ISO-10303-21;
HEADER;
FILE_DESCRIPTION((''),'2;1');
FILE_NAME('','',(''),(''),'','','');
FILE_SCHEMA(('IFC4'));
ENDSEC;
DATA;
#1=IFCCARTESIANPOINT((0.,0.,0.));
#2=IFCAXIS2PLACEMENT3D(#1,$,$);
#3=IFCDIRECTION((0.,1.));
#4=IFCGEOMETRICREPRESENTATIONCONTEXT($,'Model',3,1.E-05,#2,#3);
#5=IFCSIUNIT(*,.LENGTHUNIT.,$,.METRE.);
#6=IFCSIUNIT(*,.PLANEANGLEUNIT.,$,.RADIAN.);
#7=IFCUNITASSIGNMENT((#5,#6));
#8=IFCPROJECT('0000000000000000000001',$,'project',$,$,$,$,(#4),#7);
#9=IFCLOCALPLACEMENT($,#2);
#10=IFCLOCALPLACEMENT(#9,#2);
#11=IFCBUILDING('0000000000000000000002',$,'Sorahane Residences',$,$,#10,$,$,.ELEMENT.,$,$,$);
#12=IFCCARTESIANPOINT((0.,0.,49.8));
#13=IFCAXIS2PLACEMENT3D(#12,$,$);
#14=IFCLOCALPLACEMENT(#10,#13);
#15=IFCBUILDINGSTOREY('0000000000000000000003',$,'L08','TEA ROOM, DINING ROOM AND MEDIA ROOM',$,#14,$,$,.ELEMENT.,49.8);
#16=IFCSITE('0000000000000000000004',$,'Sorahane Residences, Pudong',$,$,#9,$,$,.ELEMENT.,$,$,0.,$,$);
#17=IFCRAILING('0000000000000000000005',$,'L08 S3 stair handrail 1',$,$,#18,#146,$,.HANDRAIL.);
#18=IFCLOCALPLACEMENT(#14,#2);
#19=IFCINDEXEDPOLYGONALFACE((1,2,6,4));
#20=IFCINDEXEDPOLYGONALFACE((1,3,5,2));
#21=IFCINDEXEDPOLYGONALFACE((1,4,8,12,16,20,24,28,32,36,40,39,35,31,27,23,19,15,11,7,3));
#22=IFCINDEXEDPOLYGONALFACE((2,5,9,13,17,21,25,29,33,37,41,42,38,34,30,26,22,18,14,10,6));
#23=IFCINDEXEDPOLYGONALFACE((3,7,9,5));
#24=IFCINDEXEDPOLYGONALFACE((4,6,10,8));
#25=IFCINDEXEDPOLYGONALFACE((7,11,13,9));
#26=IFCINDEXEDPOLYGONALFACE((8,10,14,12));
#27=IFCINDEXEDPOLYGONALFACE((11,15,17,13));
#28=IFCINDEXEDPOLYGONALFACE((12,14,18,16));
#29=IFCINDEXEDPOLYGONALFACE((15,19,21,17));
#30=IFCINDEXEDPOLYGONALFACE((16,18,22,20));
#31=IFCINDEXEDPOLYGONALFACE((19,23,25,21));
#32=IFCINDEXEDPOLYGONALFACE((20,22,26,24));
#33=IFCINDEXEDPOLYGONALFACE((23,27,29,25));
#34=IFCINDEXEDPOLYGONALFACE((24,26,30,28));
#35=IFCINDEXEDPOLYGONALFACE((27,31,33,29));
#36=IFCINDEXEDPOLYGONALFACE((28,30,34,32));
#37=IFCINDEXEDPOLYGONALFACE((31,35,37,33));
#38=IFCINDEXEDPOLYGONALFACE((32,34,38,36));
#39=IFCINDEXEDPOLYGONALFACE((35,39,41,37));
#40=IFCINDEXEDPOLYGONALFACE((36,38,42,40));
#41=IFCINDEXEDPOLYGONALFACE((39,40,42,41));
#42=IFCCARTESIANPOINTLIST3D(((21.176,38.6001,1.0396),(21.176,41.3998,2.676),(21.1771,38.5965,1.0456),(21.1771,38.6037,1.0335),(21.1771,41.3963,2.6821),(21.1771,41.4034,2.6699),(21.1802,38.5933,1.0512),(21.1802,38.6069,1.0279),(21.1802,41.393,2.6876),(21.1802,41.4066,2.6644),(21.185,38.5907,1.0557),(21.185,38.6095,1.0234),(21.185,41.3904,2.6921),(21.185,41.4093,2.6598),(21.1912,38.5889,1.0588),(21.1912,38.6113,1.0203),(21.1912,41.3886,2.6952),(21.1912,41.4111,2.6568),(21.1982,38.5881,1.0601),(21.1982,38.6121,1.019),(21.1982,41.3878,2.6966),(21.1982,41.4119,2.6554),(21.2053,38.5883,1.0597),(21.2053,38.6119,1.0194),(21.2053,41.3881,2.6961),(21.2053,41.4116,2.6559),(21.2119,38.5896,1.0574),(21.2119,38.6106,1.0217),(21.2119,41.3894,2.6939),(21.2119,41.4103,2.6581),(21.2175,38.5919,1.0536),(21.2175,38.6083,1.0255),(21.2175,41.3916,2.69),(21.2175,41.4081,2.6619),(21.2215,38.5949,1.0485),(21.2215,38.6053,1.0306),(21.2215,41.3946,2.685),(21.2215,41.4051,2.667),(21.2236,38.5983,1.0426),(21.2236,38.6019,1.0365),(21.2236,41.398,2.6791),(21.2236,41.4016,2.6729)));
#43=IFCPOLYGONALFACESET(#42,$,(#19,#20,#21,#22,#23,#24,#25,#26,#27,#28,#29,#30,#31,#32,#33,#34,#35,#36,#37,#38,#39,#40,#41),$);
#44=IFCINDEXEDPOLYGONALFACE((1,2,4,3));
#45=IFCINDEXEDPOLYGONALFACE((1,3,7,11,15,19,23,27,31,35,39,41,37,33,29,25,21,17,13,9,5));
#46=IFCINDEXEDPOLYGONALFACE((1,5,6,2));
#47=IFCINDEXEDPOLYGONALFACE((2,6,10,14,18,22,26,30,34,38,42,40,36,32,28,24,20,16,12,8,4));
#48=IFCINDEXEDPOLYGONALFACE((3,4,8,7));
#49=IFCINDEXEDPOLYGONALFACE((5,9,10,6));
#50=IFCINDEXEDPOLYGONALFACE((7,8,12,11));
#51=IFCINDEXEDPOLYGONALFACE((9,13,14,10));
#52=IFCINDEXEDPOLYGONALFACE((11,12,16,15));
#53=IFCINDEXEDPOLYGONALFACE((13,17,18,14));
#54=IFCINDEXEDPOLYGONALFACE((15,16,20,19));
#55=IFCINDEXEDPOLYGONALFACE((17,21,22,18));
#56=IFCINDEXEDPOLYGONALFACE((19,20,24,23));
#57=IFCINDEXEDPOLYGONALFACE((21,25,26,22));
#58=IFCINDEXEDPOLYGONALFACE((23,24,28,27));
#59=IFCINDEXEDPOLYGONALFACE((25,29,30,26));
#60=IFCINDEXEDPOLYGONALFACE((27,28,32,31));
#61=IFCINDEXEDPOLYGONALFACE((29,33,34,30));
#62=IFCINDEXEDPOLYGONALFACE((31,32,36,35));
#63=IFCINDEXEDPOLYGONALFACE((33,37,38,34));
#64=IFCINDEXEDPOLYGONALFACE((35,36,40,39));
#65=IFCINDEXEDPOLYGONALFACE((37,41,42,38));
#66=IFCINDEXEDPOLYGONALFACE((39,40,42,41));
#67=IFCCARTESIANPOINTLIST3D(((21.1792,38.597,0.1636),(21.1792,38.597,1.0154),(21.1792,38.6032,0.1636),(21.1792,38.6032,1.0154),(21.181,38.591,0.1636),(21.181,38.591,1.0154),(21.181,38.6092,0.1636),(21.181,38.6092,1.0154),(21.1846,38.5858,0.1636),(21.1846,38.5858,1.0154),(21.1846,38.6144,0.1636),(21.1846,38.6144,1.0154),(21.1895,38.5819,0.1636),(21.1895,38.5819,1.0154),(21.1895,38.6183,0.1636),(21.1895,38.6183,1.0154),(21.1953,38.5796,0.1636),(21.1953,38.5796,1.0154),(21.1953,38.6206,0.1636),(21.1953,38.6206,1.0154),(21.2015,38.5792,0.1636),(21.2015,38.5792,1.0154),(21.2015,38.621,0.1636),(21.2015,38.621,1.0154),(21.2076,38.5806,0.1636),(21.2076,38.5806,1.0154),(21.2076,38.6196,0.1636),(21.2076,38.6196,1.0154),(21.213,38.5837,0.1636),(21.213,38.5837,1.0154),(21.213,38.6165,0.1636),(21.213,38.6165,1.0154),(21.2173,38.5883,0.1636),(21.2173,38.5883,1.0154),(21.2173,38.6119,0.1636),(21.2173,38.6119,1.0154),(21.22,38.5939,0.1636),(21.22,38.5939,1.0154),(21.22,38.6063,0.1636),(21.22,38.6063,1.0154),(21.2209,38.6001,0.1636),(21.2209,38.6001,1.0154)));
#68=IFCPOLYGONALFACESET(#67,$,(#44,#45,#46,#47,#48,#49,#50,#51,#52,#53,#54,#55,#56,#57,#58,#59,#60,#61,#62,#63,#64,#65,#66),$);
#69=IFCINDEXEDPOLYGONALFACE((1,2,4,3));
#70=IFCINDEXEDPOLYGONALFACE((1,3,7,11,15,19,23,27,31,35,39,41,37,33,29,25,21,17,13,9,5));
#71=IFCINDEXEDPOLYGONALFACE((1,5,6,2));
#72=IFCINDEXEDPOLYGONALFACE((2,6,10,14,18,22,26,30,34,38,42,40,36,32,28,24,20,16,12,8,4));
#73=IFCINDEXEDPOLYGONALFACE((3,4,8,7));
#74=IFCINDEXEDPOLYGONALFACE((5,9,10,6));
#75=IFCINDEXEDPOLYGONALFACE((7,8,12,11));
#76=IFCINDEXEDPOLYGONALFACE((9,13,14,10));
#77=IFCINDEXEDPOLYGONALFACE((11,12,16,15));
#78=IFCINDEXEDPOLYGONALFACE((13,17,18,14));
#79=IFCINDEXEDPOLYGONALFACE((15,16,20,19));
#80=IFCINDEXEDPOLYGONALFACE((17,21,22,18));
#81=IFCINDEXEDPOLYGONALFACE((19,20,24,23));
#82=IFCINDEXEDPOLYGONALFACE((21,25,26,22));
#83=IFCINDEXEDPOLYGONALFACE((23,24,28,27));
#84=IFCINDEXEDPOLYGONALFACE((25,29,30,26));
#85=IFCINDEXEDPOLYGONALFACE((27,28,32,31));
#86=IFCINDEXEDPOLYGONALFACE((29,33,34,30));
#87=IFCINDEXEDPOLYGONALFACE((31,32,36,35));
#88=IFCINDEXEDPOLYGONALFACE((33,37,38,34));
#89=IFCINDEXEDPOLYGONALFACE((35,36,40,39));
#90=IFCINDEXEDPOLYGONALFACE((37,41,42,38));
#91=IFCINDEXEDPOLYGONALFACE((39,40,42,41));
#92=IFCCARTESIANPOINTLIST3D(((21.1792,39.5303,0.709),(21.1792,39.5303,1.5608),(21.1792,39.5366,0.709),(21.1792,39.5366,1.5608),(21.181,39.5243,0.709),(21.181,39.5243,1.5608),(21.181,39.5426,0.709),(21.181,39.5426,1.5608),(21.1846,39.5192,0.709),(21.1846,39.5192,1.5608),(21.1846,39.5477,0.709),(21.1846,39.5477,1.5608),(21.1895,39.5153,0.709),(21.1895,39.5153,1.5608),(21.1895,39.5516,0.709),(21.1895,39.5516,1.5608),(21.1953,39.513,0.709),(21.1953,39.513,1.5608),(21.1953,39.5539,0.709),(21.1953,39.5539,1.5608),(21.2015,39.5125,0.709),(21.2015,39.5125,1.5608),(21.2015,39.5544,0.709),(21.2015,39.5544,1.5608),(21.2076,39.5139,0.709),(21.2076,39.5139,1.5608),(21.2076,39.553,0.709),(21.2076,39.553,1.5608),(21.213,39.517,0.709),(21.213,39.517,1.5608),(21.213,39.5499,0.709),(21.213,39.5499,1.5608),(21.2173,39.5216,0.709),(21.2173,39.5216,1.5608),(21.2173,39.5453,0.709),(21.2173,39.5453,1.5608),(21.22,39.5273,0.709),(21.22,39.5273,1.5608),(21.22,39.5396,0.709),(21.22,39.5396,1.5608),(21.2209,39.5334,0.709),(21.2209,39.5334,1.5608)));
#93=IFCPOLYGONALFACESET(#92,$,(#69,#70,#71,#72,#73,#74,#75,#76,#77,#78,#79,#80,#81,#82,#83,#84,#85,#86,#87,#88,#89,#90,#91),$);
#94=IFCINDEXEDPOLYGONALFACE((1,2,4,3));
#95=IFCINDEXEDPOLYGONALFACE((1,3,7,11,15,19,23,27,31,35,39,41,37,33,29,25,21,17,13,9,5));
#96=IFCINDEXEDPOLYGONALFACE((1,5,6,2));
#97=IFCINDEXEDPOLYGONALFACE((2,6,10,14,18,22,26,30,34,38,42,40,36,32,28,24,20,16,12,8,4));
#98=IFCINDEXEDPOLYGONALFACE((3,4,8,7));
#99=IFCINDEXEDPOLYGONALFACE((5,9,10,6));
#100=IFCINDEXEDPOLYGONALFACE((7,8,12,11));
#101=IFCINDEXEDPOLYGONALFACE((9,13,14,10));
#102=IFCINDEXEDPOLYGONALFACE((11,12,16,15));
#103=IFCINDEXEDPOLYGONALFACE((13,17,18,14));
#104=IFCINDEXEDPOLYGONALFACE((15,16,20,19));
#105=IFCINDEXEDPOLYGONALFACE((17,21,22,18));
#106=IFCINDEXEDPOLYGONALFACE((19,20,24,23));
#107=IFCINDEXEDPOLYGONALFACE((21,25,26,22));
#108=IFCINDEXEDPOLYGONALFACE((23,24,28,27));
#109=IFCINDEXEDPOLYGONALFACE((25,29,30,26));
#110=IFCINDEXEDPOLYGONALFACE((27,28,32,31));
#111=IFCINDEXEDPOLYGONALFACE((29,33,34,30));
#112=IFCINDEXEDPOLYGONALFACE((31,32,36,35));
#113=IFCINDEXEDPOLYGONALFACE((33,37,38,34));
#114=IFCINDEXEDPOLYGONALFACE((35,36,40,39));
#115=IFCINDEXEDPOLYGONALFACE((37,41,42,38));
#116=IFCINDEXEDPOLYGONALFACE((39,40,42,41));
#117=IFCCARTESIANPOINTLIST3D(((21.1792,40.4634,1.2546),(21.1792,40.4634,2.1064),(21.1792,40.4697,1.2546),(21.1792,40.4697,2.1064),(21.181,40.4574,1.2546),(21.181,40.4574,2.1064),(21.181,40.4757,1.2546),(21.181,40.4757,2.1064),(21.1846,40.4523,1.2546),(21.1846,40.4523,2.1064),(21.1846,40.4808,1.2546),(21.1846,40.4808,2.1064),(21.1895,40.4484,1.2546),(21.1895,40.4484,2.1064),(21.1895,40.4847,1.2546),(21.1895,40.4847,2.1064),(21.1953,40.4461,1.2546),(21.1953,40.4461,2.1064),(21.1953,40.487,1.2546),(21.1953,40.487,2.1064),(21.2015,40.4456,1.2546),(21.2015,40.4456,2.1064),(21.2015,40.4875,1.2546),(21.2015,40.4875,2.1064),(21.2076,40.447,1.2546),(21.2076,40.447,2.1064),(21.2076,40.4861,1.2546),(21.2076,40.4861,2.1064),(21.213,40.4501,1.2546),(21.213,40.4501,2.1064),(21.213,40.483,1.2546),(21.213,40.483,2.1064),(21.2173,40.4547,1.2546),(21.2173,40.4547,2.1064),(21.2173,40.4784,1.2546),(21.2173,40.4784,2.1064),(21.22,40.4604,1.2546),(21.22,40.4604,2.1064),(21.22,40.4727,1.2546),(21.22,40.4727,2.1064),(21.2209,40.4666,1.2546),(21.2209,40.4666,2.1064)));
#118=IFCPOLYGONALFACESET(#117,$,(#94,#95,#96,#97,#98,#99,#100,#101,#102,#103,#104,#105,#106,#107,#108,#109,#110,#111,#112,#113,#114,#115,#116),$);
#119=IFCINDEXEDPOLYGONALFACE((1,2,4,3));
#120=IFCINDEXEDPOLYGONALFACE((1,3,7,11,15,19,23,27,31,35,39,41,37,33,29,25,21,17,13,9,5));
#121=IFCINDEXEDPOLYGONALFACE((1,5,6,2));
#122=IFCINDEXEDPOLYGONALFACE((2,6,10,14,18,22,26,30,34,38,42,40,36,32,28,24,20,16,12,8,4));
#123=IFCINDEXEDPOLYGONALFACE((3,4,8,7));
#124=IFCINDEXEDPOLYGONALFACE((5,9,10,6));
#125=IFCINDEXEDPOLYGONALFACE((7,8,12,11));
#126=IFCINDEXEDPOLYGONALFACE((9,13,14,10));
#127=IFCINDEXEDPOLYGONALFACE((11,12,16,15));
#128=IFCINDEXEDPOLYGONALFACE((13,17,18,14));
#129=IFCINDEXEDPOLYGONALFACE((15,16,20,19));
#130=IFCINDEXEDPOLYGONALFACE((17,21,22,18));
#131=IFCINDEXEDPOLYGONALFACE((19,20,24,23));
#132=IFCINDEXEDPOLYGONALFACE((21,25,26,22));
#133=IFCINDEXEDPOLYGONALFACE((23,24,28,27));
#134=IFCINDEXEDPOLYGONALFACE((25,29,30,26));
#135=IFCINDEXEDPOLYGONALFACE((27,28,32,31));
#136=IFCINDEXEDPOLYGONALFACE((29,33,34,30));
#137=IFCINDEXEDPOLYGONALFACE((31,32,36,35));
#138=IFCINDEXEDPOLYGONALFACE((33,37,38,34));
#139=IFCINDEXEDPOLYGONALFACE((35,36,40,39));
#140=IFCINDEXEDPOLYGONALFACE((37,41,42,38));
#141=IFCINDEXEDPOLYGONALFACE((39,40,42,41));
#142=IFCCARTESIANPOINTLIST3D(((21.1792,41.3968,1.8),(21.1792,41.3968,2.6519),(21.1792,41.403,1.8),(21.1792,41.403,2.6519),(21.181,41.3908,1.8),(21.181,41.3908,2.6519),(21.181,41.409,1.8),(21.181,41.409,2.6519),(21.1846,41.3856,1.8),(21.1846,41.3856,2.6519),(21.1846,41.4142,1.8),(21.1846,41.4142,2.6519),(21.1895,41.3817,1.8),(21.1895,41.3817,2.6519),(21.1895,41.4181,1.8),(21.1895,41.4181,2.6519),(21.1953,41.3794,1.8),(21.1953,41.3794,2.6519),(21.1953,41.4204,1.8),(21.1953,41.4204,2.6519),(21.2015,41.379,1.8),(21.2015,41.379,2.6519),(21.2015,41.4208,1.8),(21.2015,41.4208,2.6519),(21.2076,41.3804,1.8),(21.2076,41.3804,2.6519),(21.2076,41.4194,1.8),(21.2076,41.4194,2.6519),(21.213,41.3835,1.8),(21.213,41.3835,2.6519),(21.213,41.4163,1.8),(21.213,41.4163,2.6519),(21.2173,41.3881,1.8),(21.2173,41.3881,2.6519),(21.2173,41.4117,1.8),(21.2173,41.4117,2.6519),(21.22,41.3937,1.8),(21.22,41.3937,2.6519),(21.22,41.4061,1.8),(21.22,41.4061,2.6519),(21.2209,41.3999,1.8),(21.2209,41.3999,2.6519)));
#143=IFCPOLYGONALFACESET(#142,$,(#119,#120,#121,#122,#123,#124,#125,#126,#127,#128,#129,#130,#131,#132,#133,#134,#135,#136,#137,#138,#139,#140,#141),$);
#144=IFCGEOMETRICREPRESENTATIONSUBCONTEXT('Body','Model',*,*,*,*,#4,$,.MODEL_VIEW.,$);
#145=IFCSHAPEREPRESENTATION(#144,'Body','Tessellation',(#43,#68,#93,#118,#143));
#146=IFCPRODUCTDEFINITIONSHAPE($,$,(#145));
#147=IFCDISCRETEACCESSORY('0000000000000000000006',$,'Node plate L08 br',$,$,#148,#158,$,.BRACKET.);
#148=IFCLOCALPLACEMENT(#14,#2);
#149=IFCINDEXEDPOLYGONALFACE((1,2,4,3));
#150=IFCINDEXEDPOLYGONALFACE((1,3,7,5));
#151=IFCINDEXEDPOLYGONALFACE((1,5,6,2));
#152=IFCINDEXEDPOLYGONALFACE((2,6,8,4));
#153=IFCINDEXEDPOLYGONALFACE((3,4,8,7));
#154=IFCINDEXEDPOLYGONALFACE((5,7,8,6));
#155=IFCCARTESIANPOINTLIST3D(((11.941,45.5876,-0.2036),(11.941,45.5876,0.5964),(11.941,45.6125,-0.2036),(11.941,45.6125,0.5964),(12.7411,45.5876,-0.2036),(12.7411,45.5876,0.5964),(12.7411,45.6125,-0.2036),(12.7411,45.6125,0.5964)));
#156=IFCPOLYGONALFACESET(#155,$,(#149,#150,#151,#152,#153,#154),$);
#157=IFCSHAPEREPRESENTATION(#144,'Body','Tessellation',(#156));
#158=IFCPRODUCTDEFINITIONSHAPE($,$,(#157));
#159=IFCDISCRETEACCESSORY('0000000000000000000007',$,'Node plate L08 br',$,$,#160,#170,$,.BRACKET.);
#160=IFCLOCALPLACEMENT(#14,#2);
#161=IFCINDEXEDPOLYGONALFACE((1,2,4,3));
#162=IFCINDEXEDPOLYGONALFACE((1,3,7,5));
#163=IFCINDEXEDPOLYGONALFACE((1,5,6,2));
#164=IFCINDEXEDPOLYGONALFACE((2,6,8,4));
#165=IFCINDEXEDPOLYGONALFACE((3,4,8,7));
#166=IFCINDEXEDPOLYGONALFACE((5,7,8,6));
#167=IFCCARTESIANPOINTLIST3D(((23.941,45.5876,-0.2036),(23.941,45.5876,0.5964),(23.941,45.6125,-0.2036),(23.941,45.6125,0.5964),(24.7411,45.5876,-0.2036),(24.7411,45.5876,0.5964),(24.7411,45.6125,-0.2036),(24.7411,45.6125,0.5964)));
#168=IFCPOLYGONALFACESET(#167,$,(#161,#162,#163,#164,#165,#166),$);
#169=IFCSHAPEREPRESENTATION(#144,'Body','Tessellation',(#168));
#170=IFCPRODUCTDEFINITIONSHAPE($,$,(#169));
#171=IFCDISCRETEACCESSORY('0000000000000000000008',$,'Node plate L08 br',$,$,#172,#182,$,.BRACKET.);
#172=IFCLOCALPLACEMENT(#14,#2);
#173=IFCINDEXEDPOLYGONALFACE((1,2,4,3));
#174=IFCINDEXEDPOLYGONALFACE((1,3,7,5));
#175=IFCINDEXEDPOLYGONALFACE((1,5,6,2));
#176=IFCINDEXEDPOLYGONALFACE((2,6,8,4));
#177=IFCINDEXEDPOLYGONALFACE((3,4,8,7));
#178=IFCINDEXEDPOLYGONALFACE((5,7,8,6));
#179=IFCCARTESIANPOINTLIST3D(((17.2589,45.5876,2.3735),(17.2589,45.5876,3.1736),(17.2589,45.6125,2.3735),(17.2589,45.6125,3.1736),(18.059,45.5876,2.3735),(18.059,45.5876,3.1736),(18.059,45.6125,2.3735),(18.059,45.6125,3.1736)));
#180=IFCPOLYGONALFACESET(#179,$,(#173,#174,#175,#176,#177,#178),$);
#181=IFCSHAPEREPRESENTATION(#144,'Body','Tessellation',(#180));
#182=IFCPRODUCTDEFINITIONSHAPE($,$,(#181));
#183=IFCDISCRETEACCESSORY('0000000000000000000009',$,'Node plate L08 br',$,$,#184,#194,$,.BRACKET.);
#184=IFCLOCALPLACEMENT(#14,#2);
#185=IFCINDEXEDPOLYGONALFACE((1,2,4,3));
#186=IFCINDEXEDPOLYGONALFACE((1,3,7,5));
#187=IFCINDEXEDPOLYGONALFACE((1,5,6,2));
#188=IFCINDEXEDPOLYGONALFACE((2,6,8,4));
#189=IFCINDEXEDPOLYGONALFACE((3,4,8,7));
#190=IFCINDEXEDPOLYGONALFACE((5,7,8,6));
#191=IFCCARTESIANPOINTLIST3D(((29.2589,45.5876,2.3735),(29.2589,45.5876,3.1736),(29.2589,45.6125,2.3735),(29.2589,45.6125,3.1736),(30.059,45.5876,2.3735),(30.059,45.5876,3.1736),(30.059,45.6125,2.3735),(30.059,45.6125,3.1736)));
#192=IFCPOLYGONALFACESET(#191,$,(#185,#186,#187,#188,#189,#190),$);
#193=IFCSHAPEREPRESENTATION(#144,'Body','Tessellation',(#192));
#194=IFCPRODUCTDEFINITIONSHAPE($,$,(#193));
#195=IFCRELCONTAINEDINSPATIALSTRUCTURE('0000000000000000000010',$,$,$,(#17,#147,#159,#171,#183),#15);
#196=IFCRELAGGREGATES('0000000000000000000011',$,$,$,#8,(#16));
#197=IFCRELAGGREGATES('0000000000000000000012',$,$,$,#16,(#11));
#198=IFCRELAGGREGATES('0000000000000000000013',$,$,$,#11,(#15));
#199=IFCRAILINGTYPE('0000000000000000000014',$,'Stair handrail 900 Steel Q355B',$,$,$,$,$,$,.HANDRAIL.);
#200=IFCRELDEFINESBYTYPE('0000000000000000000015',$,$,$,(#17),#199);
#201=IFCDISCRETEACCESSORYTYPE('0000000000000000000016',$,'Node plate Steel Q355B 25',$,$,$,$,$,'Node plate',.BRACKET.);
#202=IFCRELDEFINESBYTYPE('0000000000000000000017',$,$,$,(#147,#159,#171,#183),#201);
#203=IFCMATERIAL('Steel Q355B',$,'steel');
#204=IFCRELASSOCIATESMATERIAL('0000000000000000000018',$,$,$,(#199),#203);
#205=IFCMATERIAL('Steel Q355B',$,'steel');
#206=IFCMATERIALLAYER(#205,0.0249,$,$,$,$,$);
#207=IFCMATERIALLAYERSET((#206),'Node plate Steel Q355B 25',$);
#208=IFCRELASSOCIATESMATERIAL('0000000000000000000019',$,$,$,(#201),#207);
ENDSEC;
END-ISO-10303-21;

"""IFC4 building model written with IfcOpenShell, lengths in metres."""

from ifc_helpers import new_model, si_unit, direction, frame, origin, origin_2d, place, context, subcontext, project, spatial, rectangle, circle, extrude, material, layer, layer_set, type_object, element, save


model = new_model("IFC4")

# Units and contexts
model_context = context("Model", 3, precision=1e-05, world=origin(), true_north=direction((0.0, 1.0)))
body_context = subcontext(model_context, "Body", "Model", "MODEL_VIEW")
ifc_project = project(units=[si_unit("LENGTHUNIT", "METRE"), si_unit("PLANEANGLEUNIT", "RADIAN")], contexts=[model_context])

# Site, building, storey
site_placement = place(None, origin())
site = spatial("IfcSite", under=ifc_project, at=site_placement, Name="Sorahane Residences, Pudong", CompositionType="ELEMENT", RefElevation=0.0)
building_placement = place(site_placement, origin())
building = spatial("IfcBuilding", under=site, at=building_placement, Name="Sorahane Residences", CompositionType="ELEMENT")
storey_placement = place(building_placement, frame((0.0, 0.0, 49.8)))
storey = spatial("IfcBuildingStorey", under=building, at=storey_placement, Name="L08", Description="TEA ROOM, DINING ROOM AND MEDIA ROOM", CompositionType="ELEMENT", Elevation=49.8)

# Railing
ifc_material_1 = material(Name="Steel Q355B", Category="steel")
railing_type = type_object("IfcRailingType", Name="Stair handrail 900 Steel Q355B", PredefinedType="HANDRAIL", material=ifc_material_1)
railing_placement = place(storey_placement, frame((21.2, 38.6001, 0.1636)))
element("IfcRailing", 1, at=railing_placement, inside=storey, type_object=railing_type, Name="L08 S3 stair handrail 1", PredefinedType="HANDRAIL", context=body_context, shape_type="SweptSolid", body=[
    extrude(circle(Radius=0.0239, at=origin_2d()), frame((0.0, 0.0, 0.876), z_axis=(0.0, 0.863342, 0.50462), x_axis=(-1.0, 0.0, 0.0)), (0.0, 0.0, 1.0), 3.2429),
    extrude(circle(Radius=0.021, at=origin_2d()), origin(), (0.0, 0.0, 1.0), 0.8518),
    extrude(circle(Radius=0.021, at=origin_2d()), frame((0.0, 0.9333, 0.5454)), (0.0, 0.0, 1.0), 0.8518),
    extrude(circle(Radius=0.021, at=origin_2d()), frame((0.0, 1.8665, 1.0911)), (0.0, 0.0, 1.0), 0.8518),
    extrude(circle(Radius=0.021, at=origin_2d()), frame((0.0, 2.7998, 1.6365)), (0.0, 0.0, 1.0), 0.8518),
])

# Discrete accessories
ifc_material_2 = material(Name="Steel Q355B", Category="steel")
ifc_layer_1 = layer(ifc_material_2, 0.0249)
ifc_layer_set_1 = layer_set([ifc_layer_1], Name="Node plate Steel Q355B 25")
discrete_accessory_type = type_object("IfcDiscreteAccessoryType", Name="Node plate Steel Q355B 25", ElementType="Node plate", PredefinedType="BRACKET", material=ifc_layer_set_1)
for number, where, z_axis, x_axis, name in (
    (2, (12.3411, 45.6001, -0.2036), (0.0, 0.0, 1.0), (1.0, 0.0, 0.0), "Node plate L08 br"),
    (3, (24.3411, 45.6001, -0.2036), (0.0, 0.0, 1.0), (1.0, 0.0, 0.0), "Node plate L08 br"),
    (4, (17.6589, 45.6001, 2.3735), (0.0, 0.0, 1.0), (1.0, 0.0, 0.0), "Node plate L08 br"),
    (5, (29.6589, 45.6001, 2.3735), (0.0, 0.0, 1.0), (1.0, 0.0, 0.0), "Node plate L08 br"),
):
    element("IfcDiscreteAccessory", number, at=place(storey_placement, frame(where, z_axis=z_axis, x_axis=x_axis)), inside=storey, type_object=discrete_accessory_type, Name=name, PredefinedType="BRACKET", context=body_context, shape_type="SweptSolid", body=[
        extrude(rectangle(XDim=0.8, YDim=0.0249, at=origin_2d()), origin(), (0.0, 0.0, 1.0), 0.8),
    ])

save(model, "model.ifc")
